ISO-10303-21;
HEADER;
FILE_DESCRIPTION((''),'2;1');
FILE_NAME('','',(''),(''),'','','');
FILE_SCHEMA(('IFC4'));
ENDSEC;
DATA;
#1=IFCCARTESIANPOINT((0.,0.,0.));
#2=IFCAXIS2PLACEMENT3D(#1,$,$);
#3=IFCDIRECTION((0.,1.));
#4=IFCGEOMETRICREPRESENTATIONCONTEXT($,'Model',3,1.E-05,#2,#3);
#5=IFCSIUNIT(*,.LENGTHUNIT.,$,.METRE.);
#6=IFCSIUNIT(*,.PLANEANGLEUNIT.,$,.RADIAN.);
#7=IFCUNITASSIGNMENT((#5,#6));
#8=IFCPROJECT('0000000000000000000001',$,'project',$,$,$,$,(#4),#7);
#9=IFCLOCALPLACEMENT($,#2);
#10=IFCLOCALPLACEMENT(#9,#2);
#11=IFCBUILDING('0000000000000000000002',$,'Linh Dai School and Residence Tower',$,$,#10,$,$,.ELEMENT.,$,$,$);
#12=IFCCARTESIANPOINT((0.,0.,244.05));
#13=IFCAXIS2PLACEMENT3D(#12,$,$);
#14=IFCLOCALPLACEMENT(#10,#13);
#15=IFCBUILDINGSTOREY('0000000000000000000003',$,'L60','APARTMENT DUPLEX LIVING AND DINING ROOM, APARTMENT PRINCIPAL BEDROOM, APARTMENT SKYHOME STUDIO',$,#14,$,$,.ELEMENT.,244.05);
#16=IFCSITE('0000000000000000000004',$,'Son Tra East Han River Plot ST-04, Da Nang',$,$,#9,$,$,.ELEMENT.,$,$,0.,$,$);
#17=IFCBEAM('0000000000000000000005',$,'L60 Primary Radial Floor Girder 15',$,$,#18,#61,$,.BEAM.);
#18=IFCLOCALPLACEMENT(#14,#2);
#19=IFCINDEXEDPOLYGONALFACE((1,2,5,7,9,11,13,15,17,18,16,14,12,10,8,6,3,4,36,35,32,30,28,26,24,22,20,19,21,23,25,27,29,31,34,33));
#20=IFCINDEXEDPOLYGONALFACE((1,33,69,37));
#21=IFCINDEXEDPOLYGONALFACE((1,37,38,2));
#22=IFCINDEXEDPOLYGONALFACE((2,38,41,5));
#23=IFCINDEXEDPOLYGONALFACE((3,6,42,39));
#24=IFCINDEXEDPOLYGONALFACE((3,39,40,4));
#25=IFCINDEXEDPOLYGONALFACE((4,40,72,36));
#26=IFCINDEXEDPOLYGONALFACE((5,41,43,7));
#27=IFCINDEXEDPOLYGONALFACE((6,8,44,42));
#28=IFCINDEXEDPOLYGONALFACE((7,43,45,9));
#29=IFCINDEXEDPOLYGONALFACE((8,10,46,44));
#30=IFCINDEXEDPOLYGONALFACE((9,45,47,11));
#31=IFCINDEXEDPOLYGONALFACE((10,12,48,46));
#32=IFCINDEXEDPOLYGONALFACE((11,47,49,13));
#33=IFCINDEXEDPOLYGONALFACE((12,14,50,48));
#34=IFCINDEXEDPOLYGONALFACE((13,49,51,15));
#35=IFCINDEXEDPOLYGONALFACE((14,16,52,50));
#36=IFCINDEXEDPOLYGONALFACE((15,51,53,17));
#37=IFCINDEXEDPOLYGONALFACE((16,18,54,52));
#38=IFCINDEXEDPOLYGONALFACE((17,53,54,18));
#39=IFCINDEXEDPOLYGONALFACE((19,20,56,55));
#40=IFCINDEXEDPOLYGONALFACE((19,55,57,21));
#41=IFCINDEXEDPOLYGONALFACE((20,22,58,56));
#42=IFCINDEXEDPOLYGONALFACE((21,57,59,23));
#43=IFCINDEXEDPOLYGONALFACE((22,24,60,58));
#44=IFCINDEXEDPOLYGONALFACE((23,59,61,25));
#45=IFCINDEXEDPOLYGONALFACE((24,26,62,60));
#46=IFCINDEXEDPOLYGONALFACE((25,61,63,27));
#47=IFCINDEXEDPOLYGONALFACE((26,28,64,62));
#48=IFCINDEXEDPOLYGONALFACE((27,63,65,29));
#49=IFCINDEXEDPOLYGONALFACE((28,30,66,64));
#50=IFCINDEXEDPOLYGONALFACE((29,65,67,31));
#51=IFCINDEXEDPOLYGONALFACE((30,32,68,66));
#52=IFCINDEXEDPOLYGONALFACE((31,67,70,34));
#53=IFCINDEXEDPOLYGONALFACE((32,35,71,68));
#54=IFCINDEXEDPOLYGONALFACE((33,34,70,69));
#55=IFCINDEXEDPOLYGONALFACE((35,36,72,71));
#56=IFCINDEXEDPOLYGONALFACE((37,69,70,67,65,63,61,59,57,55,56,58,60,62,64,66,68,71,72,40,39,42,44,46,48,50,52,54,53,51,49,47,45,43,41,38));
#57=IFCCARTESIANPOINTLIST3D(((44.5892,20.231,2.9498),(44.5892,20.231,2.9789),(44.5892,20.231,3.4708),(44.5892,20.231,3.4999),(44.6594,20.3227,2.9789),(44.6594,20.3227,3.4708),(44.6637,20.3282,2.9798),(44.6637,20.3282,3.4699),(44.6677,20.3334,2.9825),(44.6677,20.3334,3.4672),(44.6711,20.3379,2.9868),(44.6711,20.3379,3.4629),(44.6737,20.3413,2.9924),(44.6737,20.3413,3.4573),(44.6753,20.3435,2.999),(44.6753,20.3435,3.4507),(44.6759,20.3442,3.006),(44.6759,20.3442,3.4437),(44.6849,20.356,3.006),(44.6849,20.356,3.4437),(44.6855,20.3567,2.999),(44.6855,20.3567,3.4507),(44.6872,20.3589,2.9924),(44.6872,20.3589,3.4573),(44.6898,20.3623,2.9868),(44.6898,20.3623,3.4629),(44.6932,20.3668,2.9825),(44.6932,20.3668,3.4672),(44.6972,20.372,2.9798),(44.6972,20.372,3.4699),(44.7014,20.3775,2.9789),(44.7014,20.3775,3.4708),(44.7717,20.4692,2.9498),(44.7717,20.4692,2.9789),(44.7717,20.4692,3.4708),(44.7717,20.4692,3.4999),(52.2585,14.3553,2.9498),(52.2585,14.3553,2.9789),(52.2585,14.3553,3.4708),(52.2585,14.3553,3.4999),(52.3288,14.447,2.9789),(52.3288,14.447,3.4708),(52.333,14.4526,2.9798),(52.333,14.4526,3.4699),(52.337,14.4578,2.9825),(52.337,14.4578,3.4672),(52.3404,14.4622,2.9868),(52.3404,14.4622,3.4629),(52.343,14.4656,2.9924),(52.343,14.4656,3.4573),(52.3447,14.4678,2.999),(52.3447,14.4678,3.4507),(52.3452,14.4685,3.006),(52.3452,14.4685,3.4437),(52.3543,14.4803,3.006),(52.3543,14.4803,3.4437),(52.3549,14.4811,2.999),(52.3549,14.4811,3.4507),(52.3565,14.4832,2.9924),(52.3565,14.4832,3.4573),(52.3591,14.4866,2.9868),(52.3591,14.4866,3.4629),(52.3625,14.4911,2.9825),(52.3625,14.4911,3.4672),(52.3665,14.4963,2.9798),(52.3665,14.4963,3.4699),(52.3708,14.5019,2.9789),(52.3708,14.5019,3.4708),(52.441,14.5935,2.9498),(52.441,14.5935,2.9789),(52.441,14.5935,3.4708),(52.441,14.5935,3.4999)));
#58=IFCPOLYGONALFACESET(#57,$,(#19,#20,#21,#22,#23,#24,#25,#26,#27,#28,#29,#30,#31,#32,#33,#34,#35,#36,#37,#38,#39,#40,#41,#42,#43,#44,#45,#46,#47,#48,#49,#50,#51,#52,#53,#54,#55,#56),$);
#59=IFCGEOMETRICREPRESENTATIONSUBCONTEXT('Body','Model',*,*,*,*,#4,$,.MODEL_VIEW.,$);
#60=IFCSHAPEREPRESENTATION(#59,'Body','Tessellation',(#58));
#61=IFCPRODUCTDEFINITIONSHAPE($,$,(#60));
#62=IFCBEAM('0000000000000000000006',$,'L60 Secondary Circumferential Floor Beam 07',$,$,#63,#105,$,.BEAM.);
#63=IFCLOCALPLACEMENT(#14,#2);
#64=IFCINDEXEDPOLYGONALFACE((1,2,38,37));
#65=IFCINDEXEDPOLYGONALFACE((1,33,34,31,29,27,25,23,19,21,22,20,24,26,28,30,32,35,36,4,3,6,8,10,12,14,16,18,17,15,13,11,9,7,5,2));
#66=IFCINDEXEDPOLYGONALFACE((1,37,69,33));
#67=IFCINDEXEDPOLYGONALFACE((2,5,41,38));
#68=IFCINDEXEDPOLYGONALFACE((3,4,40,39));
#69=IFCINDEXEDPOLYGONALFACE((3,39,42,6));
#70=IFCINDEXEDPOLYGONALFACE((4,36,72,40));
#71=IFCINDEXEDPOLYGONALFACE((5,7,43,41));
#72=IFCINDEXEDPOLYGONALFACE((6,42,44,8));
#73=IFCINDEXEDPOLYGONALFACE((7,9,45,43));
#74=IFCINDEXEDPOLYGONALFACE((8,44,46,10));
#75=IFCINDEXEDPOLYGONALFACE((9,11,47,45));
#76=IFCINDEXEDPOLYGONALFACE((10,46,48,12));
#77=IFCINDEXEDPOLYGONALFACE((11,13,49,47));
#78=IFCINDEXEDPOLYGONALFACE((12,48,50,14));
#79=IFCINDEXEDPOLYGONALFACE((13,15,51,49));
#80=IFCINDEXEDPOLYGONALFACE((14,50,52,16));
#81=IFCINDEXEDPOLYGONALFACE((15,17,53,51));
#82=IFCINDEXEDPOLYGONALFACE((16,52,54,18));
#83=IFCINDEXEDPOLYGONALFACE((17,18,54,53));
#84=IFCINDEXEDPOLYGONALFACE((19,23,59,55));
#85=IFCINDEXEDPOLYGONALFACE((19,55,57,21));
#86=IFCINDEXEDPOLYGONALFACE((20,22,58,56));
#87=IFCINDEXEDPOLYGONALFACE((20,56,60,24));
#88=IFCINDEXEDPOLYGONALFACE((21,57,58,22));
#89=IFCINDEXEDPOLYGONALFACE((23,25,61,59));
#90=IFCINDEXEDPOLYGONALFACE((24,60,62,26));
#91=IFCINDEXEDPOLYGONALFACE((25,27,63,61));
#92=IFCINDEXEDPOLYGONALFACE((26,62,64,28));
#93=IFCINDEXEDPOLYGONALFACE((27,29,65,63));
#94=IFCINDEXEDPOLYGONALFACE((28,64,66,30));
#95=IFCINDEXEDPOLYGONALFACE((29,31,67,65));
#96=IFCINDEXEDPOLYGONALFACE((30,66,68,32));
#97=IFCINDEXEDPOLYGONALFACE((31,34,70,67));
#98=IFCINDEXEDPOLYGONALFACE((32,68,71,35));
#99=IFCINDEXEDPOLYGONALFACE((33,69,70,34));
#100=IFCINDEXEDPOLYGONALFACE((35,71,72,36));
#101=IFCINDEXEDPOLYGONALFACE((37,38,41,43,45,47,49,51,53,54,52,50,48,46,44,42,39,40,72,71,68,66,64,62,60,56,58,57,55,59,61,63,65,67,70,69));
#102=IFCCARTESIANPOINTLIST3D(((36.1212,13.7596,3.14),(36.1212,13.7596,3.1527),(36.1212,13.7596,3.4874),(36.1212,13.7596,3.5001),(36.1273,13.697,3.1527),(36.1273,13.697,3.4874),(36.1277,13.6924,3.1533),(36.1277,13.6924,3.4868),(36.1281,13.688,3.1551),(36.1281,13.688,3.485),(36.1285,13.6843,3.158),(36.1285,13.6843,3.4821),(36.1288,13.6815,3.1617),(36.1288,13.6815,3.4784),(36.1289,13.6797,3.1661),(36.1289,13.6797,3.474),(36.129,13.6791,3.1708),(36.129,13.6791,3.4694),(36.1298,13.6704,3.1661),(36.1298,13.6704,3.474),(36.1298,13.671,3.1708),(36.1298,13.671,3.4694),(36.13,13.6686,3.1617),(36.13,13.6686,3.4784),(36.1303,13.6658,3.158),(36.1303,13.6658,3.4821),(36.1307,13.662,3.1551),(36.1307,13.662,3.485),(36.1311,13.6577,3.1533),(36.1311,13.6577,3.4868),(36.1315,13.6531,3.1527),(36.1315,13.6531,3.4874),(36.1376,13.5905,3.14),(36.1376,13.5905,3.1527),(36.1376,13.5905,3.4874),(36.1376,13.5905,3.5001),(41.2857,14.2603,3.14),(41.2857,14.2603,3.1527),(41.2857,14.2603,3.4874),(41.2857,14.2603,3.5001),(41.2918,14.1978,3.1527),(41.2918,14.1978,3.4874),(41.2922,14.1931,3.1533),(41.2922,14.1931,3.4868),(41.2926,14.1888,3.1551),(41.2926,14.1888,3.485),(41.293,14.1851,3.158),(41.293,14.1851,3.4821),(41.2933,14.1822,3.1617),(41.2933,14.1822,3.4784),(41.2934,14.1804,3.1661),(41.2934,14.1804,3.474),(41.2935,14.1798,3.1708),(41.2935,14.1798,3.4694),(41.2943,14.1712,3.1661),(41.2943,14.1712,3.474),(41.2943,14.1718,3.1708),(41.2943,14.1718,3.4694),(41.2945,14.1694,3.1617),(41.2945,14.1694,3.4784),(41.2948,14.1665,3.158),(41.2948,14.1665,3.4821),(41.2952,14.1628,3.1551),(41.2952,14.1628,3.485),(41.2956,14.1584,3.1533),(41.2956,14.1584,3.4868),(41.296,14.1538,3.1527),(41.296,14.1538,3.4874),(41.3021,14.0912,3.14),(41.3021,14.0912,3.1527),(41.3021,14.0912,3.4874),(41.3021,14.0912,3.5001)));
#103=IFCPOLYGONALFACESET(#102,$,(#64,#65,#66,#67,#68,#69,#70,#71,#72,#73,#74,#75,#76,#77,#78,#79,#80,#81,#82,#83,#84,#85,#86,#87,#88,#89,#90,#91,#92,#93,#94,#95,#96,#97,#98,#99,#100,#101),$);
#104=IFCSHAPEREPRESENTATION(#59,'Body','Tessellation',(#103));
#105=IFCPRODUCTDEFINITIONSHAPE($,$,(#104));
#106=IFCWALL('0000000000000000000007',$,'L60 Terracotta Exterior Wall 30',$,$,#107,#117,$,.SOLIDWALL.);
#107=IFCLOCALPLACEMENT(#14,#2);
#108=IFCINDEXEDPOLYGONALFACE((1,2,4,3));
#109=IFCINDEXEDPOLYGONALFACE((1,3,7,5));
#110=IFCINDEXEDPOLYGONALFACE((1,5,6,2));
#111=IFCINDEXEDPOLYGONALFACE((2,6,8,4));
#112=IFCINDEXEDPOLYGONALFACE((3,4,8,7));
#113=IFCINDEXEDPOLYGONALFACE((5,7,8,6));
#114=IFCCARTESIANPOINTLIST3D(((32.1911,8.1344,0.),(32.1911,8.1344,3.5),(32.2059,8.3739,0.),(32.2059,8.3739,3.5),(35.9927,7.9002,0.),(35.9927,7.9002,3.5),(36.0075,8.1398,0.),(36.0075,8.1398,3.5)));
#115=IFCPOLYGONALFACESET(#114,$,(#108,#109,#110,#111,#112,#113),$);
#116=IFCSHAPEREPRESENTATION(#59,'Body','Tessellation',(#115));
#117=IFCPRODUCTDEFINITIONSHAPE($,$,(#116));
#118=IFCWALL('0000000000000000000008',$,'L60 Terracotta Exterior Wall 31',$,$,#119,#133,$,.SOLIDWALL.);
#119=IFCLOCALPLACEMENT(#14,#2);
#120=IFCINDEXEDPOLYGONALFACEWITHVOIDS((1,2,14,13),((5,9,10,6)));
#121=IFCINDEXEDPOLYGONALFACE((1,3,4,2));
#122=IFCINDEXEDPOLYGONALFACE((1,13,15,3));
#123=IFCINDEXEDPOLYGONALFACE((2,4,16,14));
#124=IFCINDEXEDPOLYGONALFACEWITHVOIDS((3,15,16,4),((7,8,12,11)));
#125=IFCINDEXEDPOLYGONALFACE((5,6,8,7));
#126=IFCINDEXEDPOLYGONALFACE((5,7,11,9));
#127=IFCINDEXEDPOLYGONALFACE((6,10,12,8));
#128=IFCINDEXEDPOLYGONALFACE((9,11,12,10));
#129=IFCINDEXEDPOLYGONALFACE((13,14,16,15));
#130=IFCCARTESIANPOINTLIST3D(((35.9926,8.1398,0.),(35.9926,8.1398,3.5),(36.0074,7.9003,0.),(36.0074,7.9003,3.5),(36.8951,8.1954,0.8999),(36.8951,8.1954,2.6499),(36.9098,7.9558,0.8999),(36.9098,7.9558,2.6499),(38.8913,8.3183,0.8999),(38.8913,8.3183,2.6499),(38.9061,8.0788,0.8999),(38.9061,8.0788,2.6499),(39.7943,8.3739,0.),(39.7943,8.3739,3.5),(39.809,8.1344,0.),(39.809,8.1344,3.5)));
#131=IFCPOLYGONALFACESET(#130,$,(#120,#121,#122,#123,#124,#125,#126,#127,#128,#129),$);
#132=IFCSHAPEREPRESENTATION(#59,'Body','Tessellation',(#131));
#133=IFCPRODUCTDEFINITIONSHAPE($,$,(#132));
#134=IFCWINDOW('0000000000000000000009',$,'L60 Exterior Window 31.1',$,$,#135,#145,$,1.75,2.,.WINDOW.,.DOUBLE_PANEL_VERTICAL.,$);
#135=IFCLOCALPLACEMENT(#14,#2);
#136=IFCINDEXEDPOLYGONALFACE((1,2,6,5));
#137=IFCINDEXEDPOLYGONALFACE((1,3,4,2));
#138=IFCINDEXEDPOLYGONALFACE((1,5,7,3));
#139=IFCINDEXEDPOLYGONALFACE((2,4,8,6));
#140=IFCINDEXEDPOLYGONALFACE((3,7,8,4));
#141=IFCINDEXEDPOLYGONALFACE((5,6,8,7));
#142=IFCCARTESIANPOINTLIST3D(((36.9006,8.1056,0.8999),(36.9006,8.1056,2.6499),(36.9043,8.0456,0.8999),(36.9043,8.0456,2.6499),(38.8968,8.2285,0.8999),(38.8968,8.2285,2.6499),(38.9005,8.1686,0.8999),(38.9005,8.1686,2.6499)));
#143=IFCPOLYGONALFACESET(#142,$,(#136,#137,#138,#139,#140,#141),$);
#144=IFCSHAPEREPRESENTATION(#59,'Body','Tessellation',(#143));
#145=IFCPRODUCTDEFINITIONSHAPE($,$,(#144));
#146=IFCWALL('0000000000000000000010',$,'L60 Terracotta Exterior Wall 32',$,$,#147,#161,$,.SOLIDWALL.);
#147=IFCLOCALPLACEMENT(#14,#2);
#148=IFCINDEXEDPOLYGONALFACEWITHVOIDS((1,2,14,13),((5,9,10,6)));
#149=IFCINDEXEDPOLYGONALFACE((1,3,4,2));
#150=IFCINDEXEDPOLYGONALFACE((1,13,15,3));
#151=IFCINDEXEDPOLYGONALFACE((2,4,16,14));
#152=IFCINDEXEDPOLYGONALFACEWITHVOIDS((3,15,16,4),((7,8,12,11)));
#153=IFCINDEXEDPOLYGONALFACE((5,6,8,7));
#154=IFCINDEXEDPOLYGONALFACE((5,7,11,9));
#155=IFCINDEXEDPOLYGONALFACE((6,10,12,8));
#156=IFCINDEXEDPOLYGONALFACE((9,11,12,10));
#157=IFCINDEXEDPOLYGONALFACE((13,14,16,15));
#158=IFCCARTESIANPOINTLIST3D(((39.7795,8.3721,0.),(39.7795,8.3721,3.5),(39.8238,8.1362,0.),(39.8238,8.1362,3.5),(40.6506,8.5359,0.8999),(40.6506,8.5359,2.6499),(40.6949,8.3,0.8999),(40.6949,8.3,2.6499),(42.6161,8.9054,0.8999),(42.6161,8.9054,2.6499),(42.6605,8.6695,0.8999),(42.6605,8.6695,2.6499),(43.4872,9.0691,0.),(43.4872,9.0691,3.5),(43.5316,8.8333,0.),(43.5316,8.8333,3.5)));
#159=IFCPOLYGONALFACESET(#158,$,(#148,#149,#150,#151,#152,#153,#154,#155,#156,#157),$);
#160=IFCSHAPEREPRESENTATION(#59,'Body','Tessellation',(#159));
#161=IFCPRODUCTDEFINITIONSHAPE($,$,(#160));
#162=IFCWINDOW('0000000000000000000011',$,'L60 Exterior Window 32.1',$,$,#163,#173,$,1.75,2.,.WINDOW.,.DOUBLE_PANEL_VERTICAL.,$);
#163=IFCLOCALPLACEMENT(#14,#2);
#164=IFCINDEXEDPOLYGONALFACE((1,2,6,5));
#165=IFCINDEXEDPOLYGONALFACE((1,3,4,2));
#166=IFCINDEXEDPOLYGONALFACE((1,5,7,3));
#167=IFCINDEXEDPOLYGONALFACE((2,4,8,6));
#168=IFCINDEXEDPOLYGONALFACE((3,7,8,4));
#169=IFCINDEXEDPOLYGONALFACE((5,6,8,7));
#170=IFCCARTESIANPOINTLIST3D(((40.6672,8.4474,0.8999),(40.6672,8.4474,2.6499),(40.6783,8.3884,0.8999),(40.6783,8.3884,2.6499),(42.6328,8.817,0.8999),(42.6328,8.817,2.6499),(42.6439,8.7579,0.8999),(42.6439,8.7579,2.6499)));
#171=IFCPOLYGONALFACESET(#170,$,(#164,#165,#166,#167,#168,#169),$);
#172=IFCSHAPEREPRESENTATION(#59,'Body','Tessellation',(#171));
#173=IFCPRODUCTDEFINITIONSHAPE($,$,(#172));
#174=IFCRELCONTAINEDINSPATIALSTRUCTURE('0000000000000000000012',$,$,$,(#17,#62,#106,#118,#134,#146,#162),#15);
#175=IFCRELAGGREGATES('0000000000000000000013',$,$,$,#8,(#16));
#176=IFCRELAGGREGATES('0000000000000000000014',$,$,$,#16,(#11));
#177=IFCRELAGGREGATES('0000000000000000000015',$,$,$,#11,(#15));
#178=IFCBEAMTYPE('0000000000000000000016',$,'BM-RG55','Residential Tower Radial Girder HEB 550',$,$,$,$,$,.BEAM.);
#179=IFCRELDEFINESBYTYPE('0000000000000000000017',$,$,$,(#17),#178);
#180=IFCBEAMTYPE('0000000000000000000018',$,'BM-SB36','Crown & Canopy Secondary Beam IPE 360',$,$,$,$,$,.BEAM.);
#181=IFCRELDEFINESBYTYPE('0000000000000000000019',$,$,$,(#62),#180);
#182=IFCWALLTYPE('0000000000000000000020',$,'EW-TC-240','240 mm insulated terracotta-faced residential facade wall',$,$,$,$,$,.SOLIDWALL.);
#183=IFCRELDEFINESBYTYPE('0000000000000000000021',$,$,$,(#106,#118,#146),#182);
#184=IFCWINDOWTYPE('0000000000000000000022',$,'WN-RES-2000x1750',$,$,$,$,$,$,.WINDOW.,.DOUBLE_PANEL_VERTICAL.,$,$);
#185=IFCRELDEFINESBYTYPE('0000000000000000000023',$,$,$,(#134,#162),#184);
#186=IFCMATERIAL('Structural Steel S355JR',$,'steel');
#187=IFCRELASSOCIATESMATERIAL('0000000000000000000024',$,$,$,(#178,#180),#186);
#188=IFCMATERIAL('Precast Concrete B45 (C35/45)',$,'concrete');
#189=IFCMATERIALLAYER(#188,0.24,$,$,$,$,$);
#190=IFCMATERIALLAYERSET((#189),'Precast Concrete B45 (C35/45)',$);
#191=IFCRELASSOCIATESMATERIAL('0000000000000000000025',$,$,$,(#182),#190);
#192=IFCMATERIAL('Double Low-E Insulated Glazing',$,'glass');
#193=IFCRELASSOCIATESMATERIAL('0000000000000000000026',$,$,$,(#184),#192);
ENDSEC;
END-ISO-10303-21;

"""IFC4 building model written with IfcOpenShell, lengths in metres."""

from ifc_helpers import new_model, si_unit, direction, frame, frame_2d, origin, origin_2d, place, context, subcontext, project, spatial, rectangle, i_section, extrude, source, transform, mapped, material, layer, layer_set, material_profile, profile_set, type_object, element, fill, save


model = new_model("IFC4")

# Units and contexts
model_context = context("Model", 3, precision=1e-05, world=origin(), true_north=direction((0.0, 1.0)))
body_context = subcontext(model_context, "Body", "Model", "MODEL_VIEW")
ifc_project = project(units=[si_unit("LENGTHUNIT", "METRE"), si_unit("PLANEANGLEUNIT", "RADIAN")], contexts=[model_context])

# Site, building, storey
site_placement = place(None, origin())
site = spatial("IfcSite", under=ifc_project, at=site_placement, Name="Son Tra East Han River Plot ST-04, Da Nang", CompositionType="ELEMENT", RefElevation=0.0)
building_placement = place(site_placement, origin())
building = spatial("IfcBuilding", under=site, at=building_placement, Name="Linh Dai School and Residence Tower", CompositionType="ELEMENT")
storey_placement = place(building_placement, frame((0.0, 0.0, 244.05)))
storey = spatial("IfcBuildingStorey", under=building, at=storey_placement, Name="L60", Description="APARTMENT DUPLEX LIVING AND DINING ROOM, APARTMENT PRINCIPAL BEDROOM, APARTMENT SKYHOME STUDIO", CompositionType="ELEMENT", Elevation=244.05)

# Shared definitions
ifc_material_1 = material(Name="Structural Steel S355JR", Category="steel")

# Beams
ifc_material_profile_1 = material_profile(ifc_material_1, i_section(OverallWidth=0.3, OverallDepth=0.55, WebThickness=0.0149, FlangeThickness=0.0291, FilletRadius=0.0271, at=origin_2d()), Name="HEB 550")
ifc_profile_set_1 = profile_set([ifc_material_profile_1], Name="Structural Steel S355JR")
beam_type_1 = type_object("IfcBeamType", Name="BM-RG55", Description="Residential Tower Radial Girder HEB 550", PredefinedType="BEAM", material=ifc_profile_set_1)
beam_1_placement = place(storey_placement, frame((44.6804, 20.3501, 3.2249), z_axis=(0.793815, -0.60816, 0.0), x_axis=(0.60816, 0.793815, 0.0)))
element("IfcBeam", 1, at=beam_1_placement, inside=storey, type_object=beam_type_1, Name="L60 Primary Radial Floor Girder 15", PredefinedType="BEAM", context=body_context, shape_type="SweptSolid", body=[
    extrude(i_section(OverallWidth=0.3, OverallDepth=0.55, WebThickness=0.0149, FlangeThickness=0.0291, FilletRadius=0.0271, at=origin_2d()), origin(), (0.0, 0.0, 1.0), 9.6614),
])
ifc_material_profile_2 = material_profile(ifc_material_1, i_section(OverallWidth=0.1699, OverallDepth=0.3601, WebThickness=0.0081, FlangeThickness=0.0127, FilletRadius=0.0181, at=origin_2d()), Name="IPE 360")
ifc_profile_set_2 = profile_set([ifc_material_profile_2], Name="Structural Steel S355JR")
beam_type_2 = type_object("IfcBeamType", Name="BM-SB36", Description="Crown & Canopy Secondary Beam IPE 360", PredefinedType="BEAM", material=ifc_profile_set_2)
beam_2_placement = place(storey_placement, frame((36.1294, 13.675, 3.3201), z_axis=(0.995333, 0.096503, 0.0), x_axis=(-0.096503, 0.995333, 0.0)))
element("IfcBeam", 2, at=beam_2_placement, inside=storey, type_object=beam_type_2, Name="L60 Secondary Circumferential Floor Beam 07", PredefinedType="BEAM", context=body_context, shape_type="SweptSolid", body=[
    extrude(i_section(OverallWidth=0.1699, OverallDepth=0.3601, WebThickness=0.0081, FlangeThickness=0.0127, FilletRadius=0.0181, at=origin_2d()), origin(), (0.0, 0.0, 1.0), 5.1887),
])

# Wall
ifc_material_2 = material(Name="Precast Concrete B45 (C35/45)", Category="concrete")
ifc_layer_1 = layer(ifc_material_2, 0.24)
ifc_layer_set_1 = layer_set([ifc_layer_1], Name="Precast Concrete B45 (C35/45)")
wall_type_1 = type_object("IfcWallType", Name="EW-TC-240", Description="240 mm insulated terracotta-faced residential facade wall", PredefinedType="SOLIDWALL", material=ifc_layer_set_1)
wall_1_placement = place(storey_placement, frame((36.0, 8.02, 0.0), z_axis=(0.0, 0.0, 1.0), x_axis=(-0.998109, 0.061472, 0.0)))
element("IfcWall", 3, at=wall_1_placement, inside=storey, type_object=wall_type_1, Name="L60 Terracotta Exterior Wall 30", PredefinedType="SOLIDWALL", context=body_context, shape_type="SweptSolid", body=[
    extrude(rectangle(XDim=3.8088, YDim=0.24, at=frame_2d((1.9043, 0.0))), origin(), (0.0, 0.0, 1.0), 3.5),
])

# Walls, openings, windows
wall_2_placement = place(storey_placement, frame((39.8015, 8.2542, 0.0), z_axis=(0.0, 0.0, 1.0), x_axis=(-0.998109, -0.061472, 0.0)))
wall_2 = element("IfcWall", 4, at=wall_2_placement, inside=storey, type_object=wall_type_1, Name="L60 Terracotta Exterior Wall 31", PredefinedType="SOLIDWALL", context=body_context, shape_type="SweptSolid", body=[
    extrude(rectangle(XDim=3.8088, YDim=0.24, at=frame_2d((1.9043, 0.0))), origin(), (0.0, 0.0, 1.0), 3.5),
])
opening_1_placement = place(wall_2_placement, frame((0.9045, 0.0, 0.8999)))
opening_1 = element("IfcOpeningElement", 5, at=opening_1_placement, cuts=wall_2, PredefinedType="OPENING", context=body_context, shape_type="SweptSolid", body=[
    extrude(rectangle(XDim=2.0, YDim=1.75, at=origin_2d()), frame((1.0, 0.1299, 0.875), z_axis=(0.0, -1.0, 0.0), x_axis=(1.0, 0.0, 0.0)), (0.0, 0.0, 1.0), 0.26),
])
ifc_material_3 = material(Name="Double Low-E Insulated Glazing", Category="glass")
window_type = type_object("IfcWindowType", Name="WN-RES-2000x1750", PartitioningType="DOUBLE_PANEL_VERTICAL", PredefinedType="WINDOW", material=ifc_material_3)
shared_shape = source(origin(), body_context, "Body", "SweptSolid", [
    extrude(rectangle(XDim=2.0, YDim=1.75, at=origin_2d()), frame((1.0, 0.03, 0.875), z_axis=(0.0, -1.0, 0.0), x_axis=(1.0, 0.0, 0.0)), (0.0, 0.0, 1.0), 0.0601),
])
window_1_placement = place(opening_1_placement, origin())
window_1 = element("IfcWindow", 6, at=window_1_placement, inside=storey, type_object=window_type, Name="L60 Exterior Window 31.1", OverallHeight=1.75, OverallWidth=2.0, PartitioningType="DOUBLE_PANEL_VERTICAL", PredefinedType="WINDOW", context=body_context, shape_type="MappedRepresentation", body=[
    mapped(shared_shape, transform((0.0, 0.0, 0.0), x_axis=(1.0, 0.0, 0.0), y_axis=(0.0, 1.0, 0.0), z_axis=(0.0, 0.0, 1.0), scale=1.0)),
])
fill(opening_1, window_1)
wall_3_placement = place(storey_placement, frame((43.5093, 8.9512, 0.0), z_axis=(0.0, 0.0, 1.0), x_axis=(-0.982785, -0.184753, 0.0)))
wall_3 = element("IfcWall", 7, at=wall_3_placement, inside=storey, type_object=wall_type_1, Name="L60 Terracotta Exterior Wall 32", PredefinedType="SOLIDWALL", context=body_context, shape_type="SweptSolid", body=[
    extrude(rectangle(XDim=3.7727, YDim=0.24, at=frame_2d((1.8862, 0.0))), origin(), (0.0, 0.0, 1.0), 3.5),
])
opening_2_placement = place(wall_3_placement, frame((0.8862, 0.0, 0.8999)))
opening_2 = element("IfcOpeningElement", 8, at=opening_2_placement, cuts=wall_3, PredefinedType="OPENING", context=body_context, shape_type="SweptSolid", body=[
    extrude(rectangle(XDim=2.0, YDim=1.75, at=origin_2d()), frame((1.0, 0.1299, 0.875), z_axis=(0.0, -1.0, 0.0), x_axis=(1.0, 0.0, 0.0)), (0.0, 0.0, 1.0), 0.26),
])
window_2_placement = place(opening_2_placement, origin())
window_2 = element("IfcWindow", 9, at=window_2_placement, inside=storey, type_object=window_type, Name="L60 Exterior Window 32.1", OverallHeight=1.75, OverallWidth=2.0, PartitioningType="DOUBLE_PANEL_VERTICAL", PredefinedType="WINDOW", context=body_context, shape_type="MappedRepresentation", body=[
    mapped(shared_shape, transform((0.0, 0.0, 0.0), x_axis=(1.0, 0.0, 0.0), y_axis=(0.0, 1.0, 0.0), z_axis=(0.0, 0.0, 1.0), scale=1.0)),
])
fill(opening_2, window_2)

save(model, "model.ifc")
